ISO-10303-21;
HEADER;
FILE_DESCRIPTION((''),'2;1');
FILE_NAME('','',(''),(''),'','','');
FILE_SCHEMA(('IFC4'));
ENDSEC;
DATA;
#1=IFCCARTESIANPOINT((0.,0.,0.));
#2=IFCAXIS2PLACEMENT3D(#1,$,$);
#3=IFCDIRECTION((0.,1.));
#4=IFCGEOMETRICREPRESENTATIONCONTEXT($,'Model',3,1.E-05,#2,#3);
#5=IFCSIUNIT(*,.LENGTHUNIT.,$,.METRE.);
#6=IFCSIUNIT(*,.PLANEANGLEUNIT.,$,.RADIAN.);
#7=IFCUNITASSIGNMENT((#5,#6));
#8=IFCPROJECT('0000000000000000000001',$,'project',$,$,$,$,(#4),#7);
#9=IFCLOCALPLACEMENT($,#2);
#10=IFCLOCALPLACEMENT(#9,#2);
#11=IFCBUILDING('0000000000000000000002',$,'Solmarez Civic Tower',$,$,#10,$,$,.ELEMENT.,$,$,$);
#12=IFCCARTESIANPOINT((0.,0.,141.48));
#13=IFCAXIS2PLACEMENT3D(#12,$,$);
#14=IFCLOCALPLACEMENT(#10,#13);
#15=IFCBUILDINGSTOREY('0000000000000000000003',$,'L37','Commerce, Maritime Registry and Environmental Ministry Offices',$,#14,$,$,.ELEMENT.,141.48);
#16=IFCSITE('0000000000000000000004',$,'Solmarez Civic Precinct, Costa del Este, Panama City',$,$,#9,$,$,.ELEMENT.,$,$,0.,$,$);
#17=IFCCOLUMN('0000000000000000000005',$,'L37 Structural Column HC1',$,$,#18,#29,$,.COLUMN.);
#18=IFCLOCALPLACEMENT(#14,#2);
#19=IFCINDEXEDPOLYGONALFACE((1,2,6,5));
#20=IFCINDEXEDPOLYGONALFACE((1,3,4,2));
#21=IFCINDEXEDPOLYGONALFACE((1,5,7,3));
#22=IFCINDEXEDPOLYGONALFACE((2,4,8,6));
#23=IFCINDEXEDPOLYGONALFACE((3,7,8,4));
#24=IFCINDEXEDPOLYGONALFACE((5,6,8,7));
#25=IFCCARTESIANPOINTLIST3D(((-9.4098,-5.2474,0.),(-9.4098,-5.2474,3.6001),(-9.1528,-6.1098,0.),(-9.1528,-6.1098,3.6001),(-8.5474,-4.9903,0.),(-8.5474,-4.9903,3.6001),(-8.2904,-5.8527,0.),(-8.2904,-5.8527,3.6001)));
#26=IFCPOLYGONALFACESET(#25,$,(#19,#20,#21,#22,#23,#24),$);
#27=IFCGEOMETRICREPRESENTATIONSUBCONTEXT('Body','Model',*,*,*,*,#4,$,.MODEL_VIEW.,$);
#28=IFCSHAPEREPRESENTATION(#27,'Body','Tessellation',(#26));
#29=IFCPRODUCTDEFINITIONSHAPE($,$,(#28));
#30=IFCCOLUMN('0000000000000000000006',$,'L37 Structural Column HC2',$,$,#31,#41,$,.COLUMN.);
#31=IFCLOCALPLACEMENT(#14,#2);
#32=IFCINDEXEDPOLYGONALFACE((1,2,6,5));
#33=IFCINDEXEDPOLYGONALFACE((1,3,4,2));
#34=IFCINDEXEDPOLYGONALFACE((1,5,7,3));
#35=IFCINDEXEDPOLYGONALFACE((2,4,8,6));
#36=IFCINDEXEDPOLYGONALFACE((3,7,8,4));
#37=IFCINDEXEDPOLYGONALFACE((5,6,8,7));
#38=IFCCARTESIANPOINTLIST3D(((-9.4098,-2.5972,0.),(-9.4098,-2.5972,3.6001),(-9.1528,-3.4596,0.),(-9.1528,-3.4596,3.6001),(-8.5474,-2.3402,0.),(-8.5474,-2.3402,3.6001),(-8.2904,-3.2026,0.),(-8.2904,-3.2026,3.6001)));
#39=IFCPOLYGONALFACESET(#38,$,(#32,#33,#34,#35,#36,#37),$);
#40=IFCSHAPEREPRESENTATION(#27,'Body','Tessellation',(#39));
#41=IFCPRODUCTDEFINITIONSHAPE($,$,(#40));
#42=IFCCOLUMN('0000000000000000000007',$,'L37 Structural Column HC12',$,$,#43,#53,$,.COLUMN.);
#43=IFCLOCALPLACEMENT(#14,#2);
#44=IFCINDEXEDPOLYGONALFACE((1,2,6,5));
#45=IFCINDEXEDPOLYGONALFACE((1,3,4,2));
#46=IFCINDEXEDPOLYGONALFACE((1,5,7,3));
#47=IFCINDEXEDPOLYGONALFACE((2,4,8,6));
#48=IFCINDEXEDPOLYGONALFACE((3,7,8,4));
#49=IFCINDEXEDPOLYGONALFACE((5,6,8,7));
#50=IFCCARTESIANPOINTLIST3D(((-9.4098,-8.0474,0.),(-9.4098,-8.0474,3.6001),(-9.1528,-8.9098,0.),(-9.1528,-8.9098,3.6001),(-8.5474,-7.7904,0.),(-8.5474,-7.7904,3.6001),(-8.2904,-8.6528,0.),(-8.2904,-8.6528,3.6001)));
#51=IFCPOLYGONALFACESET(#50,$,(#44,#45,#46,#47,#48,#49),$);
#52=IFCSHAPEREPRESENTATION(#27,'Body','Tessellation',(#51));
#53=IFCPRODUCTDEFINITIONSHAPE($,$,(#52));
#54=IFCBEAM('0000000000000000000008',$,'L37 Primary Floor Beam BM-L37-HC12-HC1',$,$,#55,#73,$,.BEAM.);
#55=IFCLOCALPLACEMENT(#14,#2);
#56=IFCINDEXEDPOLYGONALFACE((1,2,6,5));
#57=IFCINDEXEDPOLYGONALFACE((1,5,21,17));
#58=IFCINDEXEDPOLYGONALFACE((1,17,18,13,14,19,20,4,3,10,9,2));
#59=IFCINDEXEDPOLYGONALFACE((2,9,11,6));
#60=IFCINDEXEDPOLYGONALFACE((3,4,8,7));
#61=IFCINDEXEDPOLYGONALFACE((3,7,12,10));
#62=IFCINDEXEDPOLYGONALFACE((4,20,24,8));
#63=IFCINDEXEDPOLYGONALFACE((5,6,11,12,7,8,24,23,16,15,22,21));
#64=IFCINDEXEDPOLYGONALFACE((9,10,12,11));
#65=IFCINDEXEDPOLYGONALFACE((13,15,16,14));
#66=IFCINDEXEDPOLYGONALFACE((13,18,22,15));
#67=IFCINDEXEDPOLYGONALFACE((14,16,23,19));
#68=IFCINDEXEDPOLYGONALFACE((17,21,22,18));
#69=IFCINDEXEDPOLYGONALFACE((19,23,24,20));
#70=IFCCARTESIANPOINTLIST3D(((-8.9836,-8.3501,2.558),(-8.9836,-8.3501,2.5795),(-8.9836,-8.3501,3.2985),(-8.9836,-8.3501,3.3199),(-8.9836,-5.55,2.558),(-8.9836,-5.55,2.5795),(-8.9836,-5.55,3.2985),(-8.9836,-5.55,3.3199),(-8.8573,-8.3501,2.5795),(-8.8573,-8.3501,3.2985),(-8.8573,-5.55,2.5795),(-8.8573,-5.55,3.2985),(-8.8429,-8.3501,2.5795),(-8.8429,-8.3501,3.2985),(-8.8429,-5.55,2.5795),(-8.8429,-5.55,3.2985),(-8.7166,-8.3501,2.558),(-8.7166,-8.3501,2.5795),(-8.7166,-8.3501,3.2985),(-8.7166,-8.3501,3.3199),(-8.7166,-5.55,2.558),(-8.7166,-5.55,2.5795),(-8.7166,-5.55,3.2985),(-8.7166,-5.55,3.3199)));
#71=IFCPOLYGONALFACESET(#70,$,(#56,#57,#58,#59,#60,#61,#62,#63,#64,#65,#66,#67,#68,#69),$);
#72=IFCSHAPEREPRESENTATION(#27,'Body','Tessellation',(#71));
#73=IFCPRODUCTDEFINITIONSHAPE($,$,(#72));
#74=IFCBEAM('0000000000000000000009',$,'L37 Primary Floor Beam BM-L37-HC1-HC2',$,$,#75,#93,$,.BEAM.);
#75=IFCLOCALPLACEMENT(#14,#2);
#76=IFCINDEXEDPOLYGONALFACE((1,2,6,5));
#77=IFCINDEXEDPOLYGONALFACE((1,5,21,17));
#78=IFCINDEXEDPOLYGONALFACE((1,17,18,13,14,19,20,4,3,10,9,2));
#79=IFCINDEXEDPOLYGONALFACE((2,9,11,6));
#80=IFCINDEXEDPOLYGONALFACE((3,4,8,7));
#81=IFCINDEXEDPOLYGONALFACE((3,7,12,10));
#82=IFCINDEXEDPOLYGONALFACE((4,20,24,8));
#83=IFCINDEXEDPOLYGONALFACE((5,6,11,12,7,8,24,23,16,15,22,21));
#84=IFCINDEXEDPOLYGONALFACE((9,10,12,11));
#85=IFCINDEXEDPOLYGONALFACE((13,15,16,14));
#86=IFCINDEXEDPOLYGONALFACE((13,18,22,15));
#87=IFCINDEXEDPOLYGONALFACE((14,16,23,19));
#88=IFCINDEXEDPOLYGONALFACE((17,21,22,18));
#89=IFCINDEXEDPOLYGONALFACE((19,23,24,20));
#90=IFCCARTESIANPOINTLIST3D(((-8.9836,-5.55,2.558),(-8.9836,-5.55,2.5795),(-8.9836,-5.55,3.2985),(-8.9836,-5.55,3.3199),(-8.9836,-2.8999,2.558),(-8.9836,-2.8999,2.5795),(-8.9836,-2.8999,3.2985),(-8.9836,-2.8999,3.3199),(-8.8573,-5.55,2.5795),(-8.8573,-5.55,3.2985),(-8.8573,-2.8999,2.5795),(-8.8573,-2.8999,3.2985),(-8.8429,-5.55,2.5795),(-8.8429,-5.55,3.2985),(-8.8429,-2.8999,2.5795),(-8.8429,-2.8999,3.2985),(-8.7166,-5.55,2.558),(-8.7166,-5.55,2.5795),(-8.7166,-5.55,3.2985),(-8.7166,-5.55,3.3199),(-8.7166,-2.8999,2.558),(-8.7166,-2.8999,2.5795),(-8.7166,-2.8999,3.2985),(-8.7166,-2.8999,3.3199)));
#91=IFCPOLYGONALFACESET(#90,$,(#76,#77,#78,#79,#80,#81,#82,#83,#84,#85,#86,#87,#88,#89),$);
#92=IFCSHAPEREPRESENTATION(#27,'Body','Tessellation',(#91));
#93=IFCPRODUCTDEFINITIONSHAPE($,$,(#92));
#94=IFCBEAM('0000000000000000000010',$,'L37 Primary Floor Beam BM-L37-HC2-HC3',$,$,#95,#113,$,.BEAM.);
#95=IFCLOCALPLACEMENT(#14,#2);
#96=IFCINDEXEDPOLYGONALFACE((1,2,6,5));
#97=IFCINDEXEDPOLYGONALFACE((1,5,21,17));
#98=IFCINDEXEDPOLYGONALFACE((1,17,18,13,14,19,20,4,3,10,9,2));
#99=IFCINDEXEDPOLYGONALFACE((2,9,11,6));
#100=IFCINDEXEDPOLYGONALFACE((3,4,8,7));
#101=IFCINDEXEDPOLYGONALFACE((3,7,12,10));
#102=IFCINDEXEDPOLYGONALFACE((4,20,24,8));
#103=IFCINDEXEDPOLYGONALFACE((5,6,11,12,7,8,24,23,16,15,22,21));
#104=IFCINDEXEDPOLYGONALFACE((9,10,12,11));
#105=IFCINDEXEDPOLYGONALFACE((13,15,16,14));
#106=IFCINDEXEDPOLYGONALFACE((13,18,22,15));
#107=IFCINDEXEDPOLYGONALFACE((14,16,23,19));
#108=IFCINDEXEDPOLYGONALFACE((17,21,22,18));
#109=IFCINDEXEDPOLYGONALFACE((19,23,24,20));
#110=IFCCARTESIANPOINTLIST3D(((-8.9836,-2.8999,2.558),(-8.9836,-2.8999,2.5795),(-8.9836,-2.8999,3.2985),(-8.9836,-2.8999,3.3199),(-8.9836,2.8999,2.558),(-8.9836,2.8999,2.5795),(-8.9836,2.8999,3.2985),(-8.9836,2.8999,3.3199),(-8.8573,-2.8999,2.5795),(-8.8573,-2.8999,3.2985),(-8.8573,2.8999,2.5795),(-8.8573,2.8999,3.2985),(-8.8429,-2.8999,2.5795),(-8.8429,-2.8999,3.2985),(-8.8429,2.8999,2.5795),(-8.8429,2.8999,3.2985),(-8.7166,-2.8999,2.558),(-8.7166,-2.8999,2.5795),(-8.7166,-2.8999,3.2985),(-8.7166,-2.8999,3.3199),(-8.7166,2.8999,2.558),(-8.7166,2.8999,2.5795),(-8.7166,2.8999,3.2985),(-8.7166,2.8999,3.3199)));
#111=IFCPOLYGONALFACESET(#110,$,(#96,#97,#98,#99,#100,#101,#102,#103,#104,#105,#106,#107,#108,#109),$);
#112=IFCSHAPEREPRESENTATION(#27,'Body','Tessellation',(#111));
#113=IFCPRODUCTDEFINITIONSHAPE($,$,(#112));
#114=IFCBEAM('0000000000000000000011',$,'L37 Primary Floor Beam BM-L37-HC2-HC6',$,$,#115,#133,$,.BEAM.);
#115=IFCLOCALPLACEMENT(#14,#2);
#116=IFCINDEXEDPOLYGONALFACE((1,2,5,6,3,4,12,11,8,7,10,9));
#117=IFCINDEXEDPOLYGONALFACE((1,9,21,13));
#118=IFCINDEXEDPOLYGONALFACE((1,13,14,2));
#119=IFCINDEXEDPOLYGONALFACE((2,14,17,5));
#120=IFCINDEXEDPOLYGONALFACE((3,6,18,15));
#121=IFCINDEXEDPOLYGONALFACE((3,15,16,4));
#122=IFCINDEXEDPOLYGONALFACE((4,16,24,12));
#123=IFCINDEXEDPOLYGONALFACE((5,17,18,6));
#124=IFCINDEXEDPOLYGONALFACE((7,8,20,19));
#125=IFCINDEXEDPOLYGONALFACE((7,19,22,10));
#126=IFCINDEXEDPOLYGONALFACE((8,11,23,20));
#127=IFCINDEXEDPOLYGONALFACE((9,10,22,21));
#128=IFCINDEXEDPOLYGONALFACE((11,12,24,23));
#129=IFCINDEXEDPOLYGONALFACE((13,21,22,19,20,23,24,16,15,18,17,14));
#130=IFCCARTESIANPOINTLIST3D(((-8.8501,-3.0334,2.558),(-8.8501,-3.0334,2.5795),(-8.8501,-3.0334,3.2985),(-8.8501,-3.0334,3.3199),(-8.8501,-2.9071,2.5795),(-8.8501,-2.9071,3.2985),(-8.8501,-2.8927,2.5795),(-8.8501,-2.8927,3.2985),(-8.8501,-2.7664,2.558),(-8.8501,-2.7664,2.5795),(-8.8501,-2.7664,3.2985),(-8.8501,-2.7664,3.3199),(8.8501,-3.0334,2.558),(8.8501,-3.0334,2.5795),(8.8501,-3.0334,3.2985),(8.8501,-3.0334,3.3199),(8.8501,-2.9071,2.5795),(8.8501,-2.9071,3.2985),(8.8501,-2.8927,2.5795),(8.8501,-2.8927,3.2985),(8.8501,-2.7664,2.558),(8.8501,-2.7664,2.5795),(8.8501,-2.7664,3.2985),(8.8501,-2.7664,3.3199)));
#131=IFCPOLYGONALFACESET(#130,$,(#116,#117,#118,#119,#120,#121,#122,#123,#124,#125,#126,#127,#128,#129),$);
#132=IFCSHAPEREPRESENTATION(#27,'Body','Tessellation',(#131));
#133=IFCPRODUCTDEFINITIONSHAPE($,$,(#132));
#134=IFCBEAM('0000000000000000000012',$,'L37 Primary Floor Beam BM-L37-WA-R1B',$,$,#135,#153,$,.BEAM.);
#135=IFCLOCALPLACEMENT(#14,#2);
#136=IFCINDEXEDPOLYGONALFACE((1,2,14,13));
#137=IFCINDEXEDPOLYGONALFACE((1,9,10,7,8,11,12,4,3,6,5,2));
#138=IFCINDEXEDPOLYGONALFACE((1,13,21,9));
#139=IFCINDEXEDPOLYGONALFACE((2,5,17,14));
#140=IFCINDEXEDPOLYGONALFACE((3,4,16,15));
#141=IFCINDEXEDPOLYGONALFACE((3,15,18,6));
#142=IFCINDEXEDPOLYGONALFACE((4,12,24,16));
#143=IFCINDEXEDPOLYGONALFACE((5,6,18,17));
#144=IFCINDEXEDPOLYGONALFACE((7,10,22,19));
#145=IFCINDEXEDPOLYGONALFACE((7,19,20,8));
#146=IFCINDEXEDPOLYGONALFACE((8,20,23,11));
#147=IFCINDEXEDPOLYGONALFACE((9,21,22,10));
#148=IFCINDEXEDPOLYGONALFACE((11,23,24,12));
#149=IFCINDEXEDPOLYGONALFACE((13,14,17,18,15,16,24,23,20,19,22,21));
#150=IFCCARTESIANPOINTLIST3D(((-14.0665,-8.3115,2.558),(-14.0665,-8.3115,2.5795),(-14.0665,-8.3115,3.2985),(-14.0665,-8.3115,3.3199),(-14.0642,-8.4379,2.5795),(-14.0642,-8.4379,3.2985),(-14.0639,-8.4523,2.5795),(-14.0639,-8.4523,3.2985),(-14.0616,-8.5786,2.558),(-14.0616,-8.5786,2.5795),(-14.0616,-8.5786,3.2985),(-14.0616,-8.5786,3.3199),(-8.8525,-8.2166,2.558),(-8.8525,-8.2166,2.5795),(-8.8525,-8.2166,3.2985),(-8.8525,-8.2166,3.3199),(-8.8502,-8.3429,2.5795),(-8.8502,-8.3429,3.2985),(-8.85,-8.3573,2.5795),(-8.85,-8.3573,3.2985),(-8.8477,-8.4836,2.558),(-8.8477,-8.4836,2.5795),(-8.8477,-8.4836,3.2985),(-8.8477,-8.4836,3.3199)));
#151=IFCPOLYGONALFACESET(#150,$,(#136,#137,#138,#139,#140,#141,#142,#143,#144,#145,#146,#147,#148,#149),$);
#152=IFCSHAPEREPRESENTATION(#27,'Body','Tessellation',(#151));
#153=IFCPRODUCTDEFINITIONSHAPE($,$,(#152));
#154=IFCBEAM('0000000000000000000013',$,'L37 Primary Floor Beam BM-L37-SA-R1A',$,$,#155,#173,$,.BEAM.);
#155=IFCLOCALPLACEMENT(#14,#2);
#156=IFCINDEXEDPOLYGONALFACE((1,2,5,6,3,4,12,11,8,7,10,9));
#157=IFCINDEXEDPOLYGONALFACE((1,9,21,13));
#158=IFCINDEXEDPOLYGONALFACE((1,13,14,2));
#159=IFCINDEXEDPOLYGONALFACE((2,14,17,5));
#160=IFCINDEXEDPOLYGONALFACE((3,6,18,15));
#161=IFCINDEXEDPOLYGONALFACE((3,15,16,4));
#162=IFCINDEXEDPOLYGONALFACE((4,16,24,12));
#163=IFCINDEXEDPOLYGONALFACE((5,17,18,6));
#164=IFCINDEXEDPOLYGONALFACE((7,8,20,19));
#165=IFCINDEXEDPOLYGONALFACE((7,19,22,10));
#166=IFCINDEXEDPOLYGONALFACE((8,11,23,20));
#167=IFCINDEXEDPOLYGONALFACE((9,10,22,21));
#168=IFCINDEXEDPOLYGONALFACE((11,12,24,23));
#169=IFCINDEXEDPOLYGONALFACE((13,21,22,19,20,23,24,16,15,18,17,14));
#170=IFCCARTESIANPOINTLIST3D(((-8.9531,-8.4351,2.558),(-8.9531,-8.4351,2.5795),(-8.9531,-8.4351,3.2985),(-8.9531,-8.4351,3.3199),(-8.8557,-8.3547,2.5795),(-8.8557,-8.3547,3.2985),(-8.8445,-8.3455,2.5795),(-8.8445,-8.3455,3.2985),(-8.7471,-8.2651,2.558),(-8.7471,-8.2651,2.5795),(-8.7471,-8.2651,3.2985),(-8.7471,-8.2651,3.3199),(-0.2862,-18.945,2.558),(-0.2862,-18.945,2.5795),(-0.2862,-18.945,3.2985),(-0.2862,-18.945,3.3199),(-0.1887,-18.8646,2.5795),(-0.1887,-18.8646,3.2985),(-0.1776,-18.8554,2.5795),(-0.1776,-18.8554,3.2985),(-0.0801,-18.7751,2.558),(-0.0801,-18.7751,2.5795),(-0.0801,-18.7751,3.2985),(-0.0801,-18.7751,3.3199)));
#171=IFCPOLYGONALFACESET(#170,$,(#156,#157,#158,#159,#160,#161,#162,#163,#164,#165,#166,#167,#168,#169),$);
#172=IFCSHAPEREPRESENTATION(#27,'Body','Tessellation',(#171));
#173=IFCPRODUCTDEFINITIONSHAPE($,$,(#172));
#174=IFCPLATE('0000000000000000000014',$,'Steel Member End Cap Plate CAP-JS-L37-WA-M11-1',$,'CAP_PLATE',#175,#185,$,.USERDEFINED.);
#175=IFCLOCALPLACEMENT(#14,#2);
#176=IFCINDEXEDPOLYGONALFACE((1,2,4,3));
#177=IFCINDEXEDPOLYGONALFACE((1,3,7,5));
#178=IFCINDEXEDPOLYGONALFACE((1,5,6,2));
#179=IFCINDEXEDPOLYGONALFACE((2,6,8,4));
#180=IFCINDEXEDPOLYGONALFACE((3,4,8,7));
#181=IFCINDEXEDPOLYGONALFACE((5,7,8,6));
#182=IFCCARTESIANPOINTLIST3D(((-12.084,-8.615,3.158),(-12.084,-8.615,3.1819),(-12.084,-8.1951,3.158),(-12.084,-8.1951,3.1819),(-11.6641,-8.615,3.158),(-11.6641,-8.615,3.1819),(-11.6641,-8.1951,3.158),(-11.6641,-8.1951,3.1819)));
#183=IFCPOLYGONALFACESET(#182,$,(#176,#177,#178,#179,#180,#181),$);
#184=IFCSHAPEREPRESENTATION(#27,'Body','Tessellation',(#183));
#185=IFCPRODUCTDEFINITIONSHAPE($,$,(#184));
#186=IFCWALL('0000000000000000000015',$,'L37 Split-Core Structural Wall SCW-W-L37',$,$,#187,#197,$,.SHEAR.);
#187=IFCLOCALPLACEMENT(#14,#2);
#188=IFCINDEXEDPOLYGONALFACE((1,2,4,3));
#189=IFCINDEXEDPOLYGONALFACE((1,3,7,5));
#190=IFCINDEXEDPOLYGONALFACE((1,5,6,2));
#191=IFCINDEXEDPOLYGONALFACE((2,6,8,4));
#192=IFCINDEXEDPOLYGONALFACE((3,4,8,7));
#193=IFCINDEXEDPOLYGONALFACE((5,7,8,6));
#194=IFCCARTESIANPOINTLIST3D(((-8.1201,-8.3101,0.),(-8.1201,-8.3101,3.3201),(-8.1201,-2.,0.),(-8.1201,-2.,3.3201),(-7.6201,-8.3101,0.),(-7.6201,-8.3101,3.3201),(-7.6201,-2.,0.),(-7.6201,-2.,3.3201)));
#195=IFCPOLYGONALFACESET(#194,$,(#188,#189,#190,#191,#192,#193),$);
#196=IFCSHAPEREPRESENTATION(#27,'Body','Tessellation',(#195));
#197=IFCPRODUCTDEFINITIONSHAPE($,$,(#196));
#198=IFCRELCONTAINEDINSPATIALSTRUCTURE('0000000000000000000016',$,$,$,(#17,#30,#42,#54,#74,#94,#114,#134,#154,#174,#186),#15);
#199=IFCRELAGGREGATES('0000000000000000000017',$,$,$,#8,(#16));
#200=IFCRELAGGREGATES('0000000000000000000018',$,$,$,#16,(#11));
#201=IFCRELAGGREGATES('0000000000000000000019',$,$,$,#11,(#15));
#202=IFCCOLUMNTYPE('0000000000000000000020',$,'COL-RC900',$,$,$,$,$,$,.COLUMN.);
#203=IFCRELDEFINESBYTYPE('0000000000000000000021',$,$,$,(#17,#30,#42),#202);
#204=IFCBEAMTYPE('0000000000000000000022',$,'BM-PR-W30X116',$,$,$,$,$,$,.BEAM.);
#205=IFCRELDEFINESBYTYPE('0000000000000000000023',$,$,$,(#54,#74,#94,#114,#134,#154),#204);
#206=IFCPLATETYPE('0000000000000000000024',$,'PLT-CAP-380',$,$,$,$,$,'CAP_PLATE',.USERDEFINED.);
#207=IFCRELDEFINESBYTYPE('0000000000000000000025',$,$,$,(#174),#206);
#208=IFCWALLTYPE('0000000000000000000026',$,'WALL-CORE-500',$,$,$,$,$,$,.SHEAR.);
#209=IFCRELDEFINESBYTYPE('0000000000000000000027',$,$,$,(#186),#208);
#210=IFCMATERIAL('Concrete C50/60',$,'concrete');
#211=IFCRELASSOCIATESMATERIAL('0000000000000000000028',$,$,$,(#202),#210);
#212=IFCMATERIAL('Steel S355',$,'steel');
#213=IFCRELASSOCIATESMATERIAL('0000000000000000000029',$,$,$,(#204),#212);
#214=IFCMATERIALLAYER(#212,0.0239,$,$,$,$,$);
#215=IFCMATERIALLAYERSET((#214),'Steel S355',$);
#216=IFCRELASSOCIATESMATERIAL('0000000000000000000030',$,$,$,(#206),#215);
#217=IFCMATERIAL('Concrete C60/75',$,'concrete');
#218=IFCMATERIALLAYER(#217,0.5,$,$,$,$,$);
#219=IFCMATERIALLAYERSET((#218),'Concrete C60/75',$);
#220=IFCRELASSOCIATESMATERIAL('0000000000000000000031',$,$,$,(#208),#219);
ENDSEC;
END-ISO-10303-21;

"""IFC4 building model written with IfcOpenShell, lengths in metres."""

from ifc_helpers import new_model, si_unit, direction, frame, frame_2d, origin, origin_2d, place, context, subcontext, project, spatial, rectangle, i_section, extrude, material, layer, layer_set, material_profile, profile_set, type_object, element, save


model = new_model("IFC4")

# Units and contexts
model_context = context("Model", 3, precision=1e-05, world=origin(), true_north=direction((0.0, 1.0)))
body_context = subcontext(model_context, "Body", "Model", "MODEL_VIEW")
ifc_project = project(units=[si_unit("LENGTHUNIT", "METRE"), si_unit("PLANEANGLEUNIT", "RADIAN")], contexts=[model_context])

# Site, building, storey
site_placement = place(None, origin())
site = spatial("IfcSite", under=ifc_project, at=site_placement, Name="Solmarez Civic Precinct, Costa del Este, Panama City", CompositionType="ELEMENT", RefElevation=0.0)
building_placement = place(site_placement, origin())
building = spatial("IfcBuilding", under=site, at=building_placement, Name="Solmarez Civic Tower", CompositionType="ELEMENT")
storey_placement = place(building_placement, frame((0.0, 0.0, 141.48)))
storey = spatial("IfcBuildingStorey", under=building, at=storey_placement, Name="L37", Description="Commerce, Maritime Registry and Environmental Ministry Offices", CompositionType="ELEMENT", Elevation=141.48)

# Columns
ifc_material_1 = material(Name="Concrete C50/60", Category="concrete")
ifc_material_profile_1 = material_profile(ifc_material_1, rectangle(XDim=0.8999, YDim=0.8999, at=origin_2d()), Name="RC900X900")
ifc_profile_set_1 = profile_set([ifc_material_profile_1], Name="Concrete C50/60")
column_type = type_object("IfcColumnType", Name="COL-RC900", PredefinedType="COLUMN", material=ifc_profile_set_1)
for number, where, z_axis, x_axis, name in (
    (1, (-8.8501, -5.55, 0.0), (0.0, 0.0, 1.0), (0.958323, 0.285688, 0.0), "L37 Structural Column HC1"),
    (2, (-8.8501, -2.8999, 0.0), (0.0, 0.0, 1.0), (0.958323, 0.285688, 0.0), "L37 Structural Column HC2"),
    (3, (-8.8501, -8.3501, 0.0), (0.0, 0.0, 1.0), (0.958323, 0.285688, 0.0), "L37 Structural Column HC12"),
):
    element("IfcColumn", number, at=place(storey_placement, frame(where, z_axis=z_axis, x_axis=x_axis)), inside=storey, type_object=column_type, Name=name, PredefinedType="COLUMN", context=body_context, shape_type="SweptSolid", body=[
        extrude(rectangle(XDim=0.8999, YDim=0.8999, at=origin_2d()), origin(), (0.0, 0.0, 1.0), 3.6001),
    ])

# Beams
ifc_material_2 = material(Name="Steel S355", Category="steel")
ifc_material_profile_2 = material_profile(ifc_material_2, i_section(OverallWidth=0.2671, OverallDepth=0.762, WebThickness=0.0144, FlangeThickness=0.0215, at=origin_2d()), Name="W30X116")
ifc_profile_set_2 = profile_set([ifc_material_profile_2], Name="Steel S355")
beam_type = type_object("IfcBeamType", Name="BM-PR-W30X116", PredefinedType="BEAM", material=ifc_profile_set_2)
beam_1_placement = place(storey_placement, frame((-8.8501, -8.3501, 2.939), z_axis=(0.0, 1.0, 0.0), x_axis=(-1.0, 0.0, 0.0)))
element("IfcBeam", 4, at=beam_1_placement, inside=storey, type_object=beam_type, Name="L37 Primary Floor Beam BM-L37-HC12-HC1", PredefinedType="BEAM", context=body_context, shape_type="SweptSolid", body=[
    extrude(i_section(OverallWidth=0.2671, OverallDepth=0.762, WebThickness=0.0144, FlangeThickness=0.0215, at=origin_2d()), origin(), (0.0, 0.0, 1.0), 2.8),
])
beam_2_placement = place(storey_placement, frame((-8.8501, -5.55, 2.939), z_axis=(0.0, 1.0, 0.0), x_axis=(-1.0, 0.0, 0.0)))
element("IfcBeam", 5, at=beam_2_placement, inside=storey, type_object=beam_type, Name="L37 Primary Floor Beam BM-L37-HC1-HC2", PredefinedType="BEAM", context=body_context, shape_type="SweptSolid", body=[
    extrude(i_section(OverallWidth=0.2671, OverallDepth=0.762, WebThickness=0.0144, FlangeThickness=0.0215, at=origin_2d()), origin(), (0.0, 0.0, 1.0), 2.6501),
])
beam_3_placement = place(storey_placement, frame((-8.8501, -2.8999, 2.939), z_axis=(0.0, 1.0, 0.0), x_axis=(-1.0, 0.0, 0.0)))
element("IfcBeam", 6, at=beam_3_placement, inside=storey, type_object=beam_type, Name="L37 Primary Floor Beam BM-L37-HC2-HC3", PredefinedType="BEAM", context=body_context, shape_type="SweptSolid", body=[
    extrude(i_section(OverallWidth=0.2671, OverallDepth=0.762, WebThickness=0.0144, FlangeThickness=0.0215, at=origin_2d()), origin(), (0.0, 0.0, 1.0), 5.7998),
])
beam_4_placement = place(storey_placement, frame((-8.8501, -2.8999, 2.939), z_axis=(1.0, 0.0, 0.0), x_axis=(0.0, 1.0, 0.0)))
element("IfcBeam", 7, at=beam_4_placement, inside=storey, type_object=beam_type, Name="L37 Primary Floor Beam BM-L37-HC2-HC6", PredefinedType="BEAM", context=body_context, shape_type="SweptSolid", body=[
    extrude(i_section(OverallWidth=0.2671, OverallDepth=0.762, WebThickness=0.0144, FlangeThickness=0.0215, at=origin_2d()), origin(), (0.0, 0.0, 1.0), 17.7002),
])
beam_5_placement = place(storey_placement, frame((-8.8501, -8.3501, 2.939), z_axis=(-0.999834, -0.018212, 0.0), x_axis=(0.018212, -0.999834, 0.0)))
element("IfcBeam", 8, at=beam_5_placement, inside=storey, type_object=beam_type, Name="L37 Primary Floor Beam BM-L37-WA-R1B", PredefinedType="BEAM", context=body_context, shape_type="SweptSolid", body=[
    extrude(i_section(OverallWidth=0.2671, OverallDepth=0.762, WebThickness=0.0144, FlangeThickness=0.0215, at=origin_2d()), origin(), (0.0, 0.0, 1.0), 5.2148),
])
beam_6_placement = place(storey_placement, frame((-8.8501, -8.3501, 2.939), z_axis=(0.636218, -0.771509, 0.0), x_axis=(0.771509, 0.636218, 0.0)))
element("IfcBeam", 9, at=beam_6_placement, inside=storey, type_object=beam_type, Name="L37 Primary Floor Beam BM-L37-SA-R1A", PredefinedType="BEAM", context=body_context, shape_type="SweptSolid", body=[
    extrude(i_section(OverallWidth=0.2671, OverallDepth=0.762, WebThickness=0.0144, FlangeThickness=0.0215, at=origin_2d()), origin(), (0.0, 0.0, 1.0), 13.6226),
])

# Plate
ifc_layer_1 = layer(ifc_material_2, 0.0239)
ifc_layer_set_1 = layer_set([ifc_layer_1], Name="Steel S355")
plate_type = type_object("IfcPlateType", Name="PLT-CAP-380", ElementType="CAP_PLATE", PredefinedType="USERDEFINED", material=ifc_layer_set_1)
plate_placement = place(storey_placement, frame((-11.874, -8.405, 3.158), z_axis=(0.0, 0.0, 1.0), x_axis=(1.0, 0.0, 0.0)))
element("IfcPlate", 10, at=plate_placement, inside=storey, type_object=plate_type, Name="Steel Member End Cap Plate CAP-JS-L37-WA-M11-1", ObjectType="CAP_PLATE", PredefinedType="USERDEFINED", context=body_context, shape_type="SweptSolid", body=[
    extrude(rectangle(XDim=0.4199, YDim=0.4199, at=origin_2d()), origin(), (0.0, 0.0, 1.0), 0.0239),
])

# Shared definitions
ifc_material_3 = material(Name="Concrete C60/75", Category="concrete")
ifc_layer_2 = layer(ifc_material_3, 0.5)
ifc_layer_set_2 = layer_set([ifc_layer_2], Name="Concrete C60/75")
wall_type_1 = type_object("IfcWallType", Name="WALL-CORE-500", PredefinedType="SHEAR", material=ifc_layer_set_2)

# Wall
wall_1_placement = place(storey_placement, frame((-7.8701, -8.3101, 0.0), z_axis=(0.0, 0.0, 1.0), x_axis=(0.0, 1.0, 0.0)))
element("IfcWall", 11, at=wall_1_placement, inside=storey, type_object=wall_type_1, Name="L37 Split-Core Structural Wall SCW-W-L37", PredefinedType="SHEAR", context=body_context, shape_type="SweptSolid", body=[
    extrude(rectangle(XDim=6.3101, YDim=0.5, at=frame_2d((3.155, 0.0))), origin(), (0.0, 0.0, 1.0), 3.3201),
])

save(model, "model.ifc")
